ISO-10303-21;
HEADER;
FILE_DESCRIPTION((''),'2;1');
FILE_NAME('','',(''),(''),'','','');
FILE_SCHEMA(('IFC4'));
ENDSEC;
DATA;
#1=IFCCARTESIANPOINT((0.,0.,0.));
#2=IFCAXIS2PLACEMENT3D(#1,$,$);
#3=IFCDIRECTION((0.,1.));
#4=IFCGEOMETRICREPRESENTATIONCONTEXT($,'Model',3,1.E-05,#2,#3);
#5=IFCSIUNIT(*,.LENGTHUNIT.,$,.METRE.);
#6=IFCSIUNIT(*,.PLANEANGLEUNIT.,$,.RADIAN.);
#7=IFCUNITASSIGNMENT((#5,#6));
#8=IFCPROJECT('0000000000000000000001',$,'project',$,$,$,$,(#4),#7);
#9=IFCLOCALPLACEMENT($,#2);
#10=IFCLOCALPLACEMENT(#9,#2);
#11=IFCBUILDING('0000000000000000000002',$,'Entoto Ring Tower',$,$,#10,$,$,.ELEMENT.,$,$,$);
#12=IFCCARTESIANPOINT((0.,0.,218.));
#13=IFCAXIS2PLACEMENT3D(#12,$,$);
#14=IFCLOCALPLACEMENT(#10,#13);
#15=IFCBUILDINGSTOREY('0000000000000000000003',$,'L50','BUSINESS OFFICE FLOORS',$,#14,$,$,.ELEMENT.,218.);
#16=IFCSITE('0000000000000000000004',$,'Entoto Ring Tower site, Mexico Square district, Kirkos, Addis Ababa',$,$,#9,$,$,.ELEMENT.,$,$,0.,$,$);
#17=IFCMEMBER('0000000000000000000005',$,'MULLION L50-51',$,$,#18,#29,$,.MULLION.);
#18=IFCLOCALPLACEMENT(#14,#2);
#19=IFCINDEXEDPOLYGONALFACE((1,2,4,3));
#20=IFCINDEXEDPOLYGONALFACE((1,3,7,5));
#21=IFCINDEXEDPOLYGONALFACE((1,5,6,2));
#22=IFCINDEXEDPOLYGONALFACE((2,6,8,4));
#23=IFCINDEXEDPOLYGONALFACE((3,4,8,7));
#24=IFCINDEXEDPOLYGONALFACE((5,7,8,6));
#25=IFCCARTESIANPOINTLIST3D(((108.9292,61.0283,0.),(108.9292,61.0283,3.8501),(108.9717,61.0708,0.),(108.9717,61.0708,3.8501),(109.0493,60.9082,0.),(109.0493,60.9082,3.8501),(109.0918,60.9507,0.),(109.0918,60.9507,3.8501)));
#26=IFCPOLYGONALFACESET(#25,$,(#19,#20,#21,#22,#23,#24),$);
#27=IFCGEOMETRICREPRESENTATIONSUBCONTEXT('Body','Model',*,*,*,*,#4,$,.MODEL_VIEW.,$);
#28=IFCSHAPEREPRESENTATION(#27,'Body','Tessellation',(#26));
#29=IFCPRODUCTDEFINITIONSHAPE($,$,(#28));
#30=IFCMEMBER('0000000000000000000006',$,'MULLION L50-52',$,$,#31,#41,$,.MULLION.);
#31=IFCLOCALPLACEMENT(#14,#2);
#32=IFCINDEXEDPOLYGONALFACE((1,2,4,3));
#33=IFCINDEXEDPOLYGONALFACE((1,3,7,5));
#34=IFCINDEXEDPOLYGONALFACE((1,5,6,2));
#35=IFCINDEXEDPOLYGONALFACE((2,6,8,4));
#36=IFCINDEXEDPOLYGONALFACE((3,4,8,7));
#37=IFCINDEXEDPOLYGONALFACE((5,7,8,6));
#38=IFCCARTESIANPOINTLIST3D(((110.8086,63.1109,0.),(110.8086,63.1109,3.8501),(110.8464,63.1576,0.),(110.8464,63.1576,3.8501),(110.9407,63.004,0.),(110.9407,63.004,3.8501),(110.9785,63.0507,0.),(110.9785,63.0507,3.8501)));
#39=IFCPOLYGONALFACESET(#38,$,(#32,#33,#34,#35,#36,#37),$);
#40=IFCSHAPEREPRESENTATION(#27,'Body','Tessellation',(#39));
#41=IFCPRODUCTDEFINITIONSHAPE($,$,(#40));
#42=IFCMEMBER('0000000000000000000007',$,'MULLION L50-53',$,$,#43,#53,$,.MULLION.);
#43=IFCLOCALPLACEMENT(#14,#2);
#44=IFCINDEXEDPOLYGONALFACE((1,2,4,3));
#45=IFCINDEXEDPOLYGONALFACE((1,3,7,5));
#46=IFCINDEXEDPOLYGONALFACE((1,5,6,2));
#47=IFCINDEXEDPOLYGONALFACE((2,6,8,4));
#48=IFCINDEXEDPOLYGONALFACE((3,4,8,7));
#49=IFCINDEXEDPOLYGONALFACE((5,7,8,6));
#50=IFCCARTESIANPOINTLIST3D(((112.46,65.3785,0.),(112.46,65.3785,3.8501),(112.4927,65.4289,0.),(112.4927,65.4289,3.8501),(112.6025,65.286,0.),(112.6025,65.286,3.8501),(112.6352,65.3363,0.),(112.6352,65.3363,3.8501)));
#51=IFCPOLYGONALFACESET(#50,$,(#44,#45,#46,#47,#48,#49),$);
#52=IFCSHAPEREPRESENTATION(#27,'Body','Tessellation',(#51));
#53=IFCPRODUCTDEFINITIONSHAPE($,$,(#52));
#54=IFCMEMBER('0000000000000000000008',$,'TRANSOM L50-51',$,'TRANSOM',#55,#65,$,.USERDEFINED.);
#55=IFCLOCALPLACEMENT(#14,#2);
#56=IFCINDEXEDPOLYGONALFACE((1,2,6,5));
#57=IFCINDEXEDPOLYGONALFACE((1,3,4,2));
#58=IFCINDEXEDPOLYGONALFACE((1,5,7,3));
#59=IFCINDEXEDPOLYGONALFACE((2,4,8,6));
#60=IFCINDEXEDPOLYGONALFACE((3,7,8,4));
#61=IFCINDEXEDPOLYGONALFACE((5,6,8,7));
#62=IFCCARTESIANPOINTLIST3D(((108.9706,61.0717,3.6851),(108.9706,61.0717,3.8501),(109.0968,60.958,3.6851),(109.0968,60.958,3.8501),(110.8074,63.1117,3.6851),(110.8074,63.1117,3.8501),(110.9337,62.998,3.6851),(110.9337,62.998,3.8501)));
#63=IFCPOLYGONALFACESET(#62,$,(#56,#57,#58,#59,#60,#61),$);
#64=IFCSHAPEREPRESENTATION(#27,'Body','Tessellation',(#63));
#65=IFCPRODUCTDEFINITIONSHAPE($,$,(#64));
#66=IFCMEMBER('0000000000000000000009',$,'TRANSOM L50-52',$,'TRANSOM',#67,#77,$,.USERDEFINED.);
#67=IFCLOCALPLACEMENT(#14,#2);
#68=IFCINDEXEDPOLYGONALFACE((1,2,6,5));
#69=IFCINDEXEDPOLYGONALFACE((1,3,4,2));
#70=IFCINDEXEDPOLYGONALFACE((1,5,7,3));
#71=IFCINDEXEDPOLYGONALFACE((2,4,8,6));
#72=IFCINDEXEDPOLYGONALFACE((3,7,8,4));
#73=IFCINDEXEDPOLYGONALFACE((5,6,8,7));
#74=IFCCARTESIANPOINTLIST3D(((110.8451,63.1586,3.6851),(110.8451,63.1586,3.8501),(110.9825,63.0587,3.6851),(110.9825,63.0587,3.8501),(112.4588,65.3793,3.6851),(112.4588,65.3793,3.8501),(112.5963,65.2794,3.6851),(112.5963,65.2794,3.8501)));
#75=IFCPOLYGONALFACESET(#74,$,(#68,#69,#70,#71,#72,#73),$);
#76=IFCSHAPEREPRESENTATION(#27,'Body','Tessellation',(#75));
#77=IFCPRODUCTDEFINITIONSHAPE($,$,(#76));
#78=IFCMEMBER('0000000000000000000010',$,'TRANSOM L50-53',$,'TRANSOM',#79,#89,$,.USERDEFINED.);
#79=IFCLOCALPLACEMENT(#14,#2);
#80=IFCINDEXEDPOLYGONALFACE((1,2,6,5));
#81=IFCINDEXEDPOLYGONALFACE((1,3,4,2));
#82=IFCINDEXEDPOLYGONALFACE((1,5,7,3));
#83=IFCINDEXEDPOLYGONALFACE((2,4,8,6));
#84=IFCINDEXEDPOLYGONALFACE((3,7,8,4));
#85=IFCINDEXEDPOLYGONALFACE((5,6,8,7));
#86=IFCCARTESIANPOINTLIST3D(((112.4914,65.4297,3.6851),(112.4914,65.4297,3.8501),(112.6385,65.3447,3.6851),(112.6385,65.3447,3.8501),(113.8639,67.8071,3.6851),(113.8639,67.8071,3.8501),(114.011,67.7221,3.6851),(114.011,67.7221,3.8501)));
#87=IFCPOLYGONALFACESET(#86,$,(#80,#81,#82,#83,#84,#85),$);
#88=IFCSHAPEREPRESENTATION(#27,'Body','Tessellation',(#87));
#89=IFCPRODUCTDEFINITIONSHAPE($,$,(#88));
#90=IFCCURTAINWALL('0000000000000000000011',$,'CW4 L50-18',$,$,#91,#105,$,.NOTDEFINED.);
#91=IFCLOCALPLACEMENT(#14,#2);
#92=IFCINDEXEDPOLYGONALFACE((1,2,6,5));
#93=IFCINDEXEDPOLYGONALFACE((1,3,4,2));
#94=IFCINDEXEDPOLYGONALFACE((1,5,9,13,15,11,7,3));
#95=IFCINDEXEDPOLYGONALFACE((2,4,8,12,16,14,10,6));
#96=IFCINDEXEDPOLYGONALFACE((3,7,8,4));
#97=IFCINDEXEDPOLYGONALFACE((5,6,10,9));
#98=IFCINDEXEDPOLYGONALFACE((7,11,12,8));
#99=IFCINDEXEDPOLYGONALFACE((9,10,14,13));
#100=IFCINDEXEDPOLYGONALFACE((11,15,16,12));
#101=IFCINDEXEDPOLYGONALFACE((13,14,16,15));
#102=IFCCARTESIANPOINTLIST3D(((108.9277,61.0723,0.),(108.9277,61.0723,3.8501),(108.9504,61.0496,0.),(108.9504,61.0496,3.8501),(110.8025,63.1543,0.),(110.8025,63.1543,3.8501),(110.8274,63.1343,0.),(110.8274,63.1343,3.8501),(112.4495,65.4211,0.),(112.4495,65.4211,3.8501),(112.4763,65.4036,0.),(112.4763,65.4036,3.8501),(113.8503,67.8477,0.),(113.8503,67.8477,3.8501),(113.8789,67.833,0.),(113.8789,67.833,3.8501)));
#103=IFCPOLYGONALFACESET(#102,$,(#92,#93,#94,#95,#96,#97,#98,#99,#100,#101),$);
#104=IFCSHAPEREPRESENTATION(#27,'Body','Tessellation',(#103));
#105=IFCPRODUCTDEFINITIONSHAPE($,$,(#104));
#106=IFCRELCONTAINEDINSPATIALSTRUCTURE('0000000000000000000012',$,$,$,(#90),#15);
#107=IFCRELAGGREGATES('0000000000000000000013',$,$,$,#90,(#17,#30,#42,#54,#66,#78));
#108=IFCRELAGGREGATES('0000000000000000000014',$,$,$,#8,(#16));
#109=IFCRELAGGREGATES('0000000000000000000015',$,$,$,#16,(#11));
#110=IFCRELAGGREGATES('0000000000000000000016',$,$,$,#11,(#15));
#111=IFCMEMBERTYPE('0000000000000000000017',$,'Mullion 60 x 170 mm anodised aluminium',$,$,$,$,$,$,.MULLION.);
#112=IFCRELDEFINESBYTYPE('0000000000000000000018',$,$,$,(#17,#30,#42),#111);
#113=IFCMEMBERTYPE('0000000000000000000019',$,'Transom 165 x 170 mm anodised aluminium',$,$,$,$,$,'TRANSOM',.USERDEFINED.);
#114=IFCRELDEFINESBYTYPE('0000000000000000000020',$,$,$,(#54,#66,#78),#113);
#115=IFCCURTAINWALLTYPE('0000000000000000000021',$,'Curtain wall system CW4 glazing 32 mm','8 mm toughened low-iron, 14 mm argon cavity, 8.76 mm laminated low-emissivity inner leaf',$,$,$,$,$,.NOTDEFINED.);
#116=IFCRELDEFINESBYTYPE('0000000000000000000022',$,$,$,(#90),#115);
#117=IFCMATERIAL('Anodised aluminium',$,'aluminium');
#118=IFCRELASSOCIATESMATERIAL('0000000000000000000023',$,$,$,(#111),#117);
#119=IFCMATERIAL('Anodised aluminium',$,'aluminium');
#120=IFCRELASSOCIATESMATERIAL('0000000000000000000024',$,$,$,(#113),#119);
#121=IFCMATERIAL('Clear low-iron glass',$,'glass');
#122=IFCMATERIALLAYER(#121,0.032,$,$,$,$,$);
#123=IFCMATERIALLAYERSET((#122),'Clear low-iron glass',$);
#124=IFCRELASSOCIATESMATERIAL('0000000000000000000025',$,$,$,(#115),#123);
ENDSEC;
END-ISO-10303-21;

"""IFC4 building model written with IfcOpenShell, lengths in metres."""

from ifc_helpers import new_model, si_unit, direction, frame, origin, origin_2d, place, context, subcontext, project, spatial, polyline, rectangle, outline, extrude, material, layer, layer_set, material_profile, profile_set, type_object, element, aggregate, save


model = new_model("IFC4")

# Units and contexts
model_context = context("Model", 3, precision=1e-05, world=origin(), true_north=direction((0.0, 1.0)))
body_context = subcontext(model_context, "Body", "Model", "MODEL_VIEW")
ifc_project = project(units=[si_unit("LENGTHUNIT", "METRE"), si_unit("PLANEANGLEUNIT", "RADIAN")], contexts=[model_context])

# Members
ifc_material_1 = material(Name="Anodised aluminium", Category="aluminium")
ifc_material_profile_1 = material_profile(ifc_material_1, rectangle(XDim=0.0601, YDim=0.1699, at=origin_2d()), Name="Mullion 60 x 170 mm anodised aluminium")
ifc_profile_set_1 = profile_set([ifc_material_profile_1], Name="Anodised aluminium")
member_type_1 = type_object("IfcMemberType", Name="Mullion 60 x 170 mm anodised aluminium", PredefinedType="MULLION", material=ifc_profile_set_1)
site_placement = place(None, origin())
building_placement = place(site_placement, origin())
storey_placement = place(building_placement, frame((0.0, 0.0, 218.0)))
member_1_placement = place(storey_placement, frame((109.0105, 60.9895, 0.0), z_axis=(0.0, 0.0, 1.0), x_axis=(0.707107, 0.707107, 0.0)))
member_1 = element("IfcMember", 1, at=member_1_placement, type_object=member_type_1, Name="MULLION L50-51", PredefinedType="MULLION", context=body_context, shape_type="SweptSolid", body=[
    extrude(rectangle(XDim=0.0601, YDim=0.1699, at=origin_2d()), origin(), (0.0, 0.0, 1.0), 3.8501),
])
member_2_placement = place(storey_placement, frame((110.8936, 63.0808, 0.0), z_axis=(0.0, 0.0, 1.0), x_axis=(0.62932, 0.777146, 0.0)))
member_2 = element("IfcMember", 2, at=member_2_placement, type_object=member_type_1, Name="MULLION L50-52", PredefinedType="MULLION", context=body_context, shape_type="SweptSolid", body=[
    extrude(rectangle(XDim=0.0601, YDim=0.1699, at=origin_2d()), origin(), (0.0, 0.0, 1.0), 3.8501),
])
member_3_placement = place(storey_placement, frame((112.5476, 65.3574, 0.0), z_axis=(0.0, 0.0, 1.0), x_axis=(0.544639, 0.838671, 0.0)))
member_3 = element("IfcMember", 3, at=member_3_placement, type_object=member_type_1, Name="MULLION L50-53", PredefinedType="MULLION", context=body_context, shape_type="SweptSolid", body=[
    extrude(rectangle(XDim=0.0601, YDim=0.1699, at=origin_2d()), origin(), (0.0, 0.0, 1.0), 3.8501),
])
ifc_material_2 = material(Name="Anodised aluminium", Category="aluminium")
ifc_material_profile_2 = material_profile(ifc_material_2, rectangle(XDim=0.1699, YDim=0.165, at=origin_2d()), Name="Transom 165 x 170 mm anodised aluminium")
ifc_profile_set_2 = profile_set([ifc_material_profile_2], Name="Anodised aluminium")
member_type_2 = type_object("IfcMemberType", Name="Transom 165 x 170 mm anodised aluminium", ElementType="TRANSOM", PredefinedType="USERDEFINED", material=ifc_profile_set_2)
member_4_placement = place(storey_placement, frame((109.0337, 61.0149, 3.7676), z_axis=(0.669142, 0.743135, 0.0), x_axis=(-0.743135, 0.669142, 0.0)))
member_4 = element("IfcMember", 4, at=member_4_placement, type_object=member_type_2, Name="TRANSOM L50-51", ObjectType="TRANSOM", PredefinedType="USERDEFINED", context=body_context, shape_type="SweptSolid", body=[
    extrude(rectangle(XDim=0.1699, YDim=0.165, at=origin_2d()), origin(), (0.0, 0.0, 1.0), 2.7451),
])
member_5_placement = place(storey_placement, frame((110.9138, 63.1086, 3.7676), z_axis=(0.587865, 0.808959, 0.0), x_axis=(-0.808959, 0.587865, 0.0)))
member_5 = element("IfcMember", 5, at=member_5_placement, type_object=member_type_2, Name="TRANSOM L50-52", ObjectType="TRANSOM", PredefinedType="USERDEFINED", context=body_context, shape_type="SweptSolid", body=[
    extrude(rectangle(XDim=0.1699, YDim=0.165, at=origin_2d()), origin(), (0.0, 0.0, 1.0), 2.7451),
])
member_6_placement = place(storey_placement, frame((112.5649, 65.3872, 3.7676), z_axis=(0.499984, 0.866035, 0.0), x_axis=(-0.866035, 0.499984, 0.0)))
member_6 = element("IfcMember", 6, at=member_6_placement, type_object=member_type_2, Name="TRANSOM L50-53", ObjectType="TRANSOM", PredefinedType="USERDEFINED", context=body_context, shape_type="SweptSolid", body=[
    extrude(rectangle(XDim=0.1699, YDim=0.165, at=origin_2d()), origin(), (0.0, 0.0, 1.0), 2.7451),
])

# Site, building, storey
site = spatial("IfcSite", under=ifc_project, at=site_placement, Name="Entoto Ring Tower site, Mexico Square district, Kirkos, Addis Ababa", CompositionType="ELEMENT", RefElevation=0.0)
building = spatial("IfcBuilding", under=site, at=building_placement, Name="Entoto Ring Tower", CompositionType="ELEMENT")
storey = spatial("IfcBuildingStorey", under=building, at=storey_placement, Name="L50", Description="BUSINESS OFFICE FLOORS", CompositionType="ELEMENT", Elevation=218.0)

# Curtain wall
ifc_material_3 = material(Name="Clear low-iron glass", Category="glass")
ifc_layer = layer(ifc_material_3, 0.032)
ifc_layer_set = layer_set([ifc_layer], Name="Clear low-iron glass")
curtain_wall_type = type_object("IfcCurtainWallType", Name="Curtain wall system CW4 glazing 32 mm", Description="8 mm toughened low-iron, 14 mm argon cavity, 8.76 mm laminated low-emissivity inner leaf", PredefinedType="NOTDEFINED", material=ifc_layer_set)
curtain_wall_1_placement = place(storey_placement, origin())
curtain_wall_1 = element("IfcCurtainWall", 7, at=curtain_wall_1_placement, inside=storey, type_object=curtain_wall_type, Name="CW4 L50-18", PredefinedType="NOTDEFINED", context=body_context, shape_type="SweptSolid", body=[
    extrude(outline(polyline([(108.9504, 61.0496), (110.8274, 63.1343), (112.4763, 65.4036), (113.8789, 67.833), (113.8503, 67.8477), (112.4495, 65.4211), (110.8025, 63.1543), (108.9277, 61.0723), (108.9504, 61.0496)])), origin(), (0.0, 0.0, 1.0), 3.8501),
])
aggregate(curtain_wall_1, [member_1, member_2, member_3, member_4, member_5, member_6])

save(model, "model.ifc")
